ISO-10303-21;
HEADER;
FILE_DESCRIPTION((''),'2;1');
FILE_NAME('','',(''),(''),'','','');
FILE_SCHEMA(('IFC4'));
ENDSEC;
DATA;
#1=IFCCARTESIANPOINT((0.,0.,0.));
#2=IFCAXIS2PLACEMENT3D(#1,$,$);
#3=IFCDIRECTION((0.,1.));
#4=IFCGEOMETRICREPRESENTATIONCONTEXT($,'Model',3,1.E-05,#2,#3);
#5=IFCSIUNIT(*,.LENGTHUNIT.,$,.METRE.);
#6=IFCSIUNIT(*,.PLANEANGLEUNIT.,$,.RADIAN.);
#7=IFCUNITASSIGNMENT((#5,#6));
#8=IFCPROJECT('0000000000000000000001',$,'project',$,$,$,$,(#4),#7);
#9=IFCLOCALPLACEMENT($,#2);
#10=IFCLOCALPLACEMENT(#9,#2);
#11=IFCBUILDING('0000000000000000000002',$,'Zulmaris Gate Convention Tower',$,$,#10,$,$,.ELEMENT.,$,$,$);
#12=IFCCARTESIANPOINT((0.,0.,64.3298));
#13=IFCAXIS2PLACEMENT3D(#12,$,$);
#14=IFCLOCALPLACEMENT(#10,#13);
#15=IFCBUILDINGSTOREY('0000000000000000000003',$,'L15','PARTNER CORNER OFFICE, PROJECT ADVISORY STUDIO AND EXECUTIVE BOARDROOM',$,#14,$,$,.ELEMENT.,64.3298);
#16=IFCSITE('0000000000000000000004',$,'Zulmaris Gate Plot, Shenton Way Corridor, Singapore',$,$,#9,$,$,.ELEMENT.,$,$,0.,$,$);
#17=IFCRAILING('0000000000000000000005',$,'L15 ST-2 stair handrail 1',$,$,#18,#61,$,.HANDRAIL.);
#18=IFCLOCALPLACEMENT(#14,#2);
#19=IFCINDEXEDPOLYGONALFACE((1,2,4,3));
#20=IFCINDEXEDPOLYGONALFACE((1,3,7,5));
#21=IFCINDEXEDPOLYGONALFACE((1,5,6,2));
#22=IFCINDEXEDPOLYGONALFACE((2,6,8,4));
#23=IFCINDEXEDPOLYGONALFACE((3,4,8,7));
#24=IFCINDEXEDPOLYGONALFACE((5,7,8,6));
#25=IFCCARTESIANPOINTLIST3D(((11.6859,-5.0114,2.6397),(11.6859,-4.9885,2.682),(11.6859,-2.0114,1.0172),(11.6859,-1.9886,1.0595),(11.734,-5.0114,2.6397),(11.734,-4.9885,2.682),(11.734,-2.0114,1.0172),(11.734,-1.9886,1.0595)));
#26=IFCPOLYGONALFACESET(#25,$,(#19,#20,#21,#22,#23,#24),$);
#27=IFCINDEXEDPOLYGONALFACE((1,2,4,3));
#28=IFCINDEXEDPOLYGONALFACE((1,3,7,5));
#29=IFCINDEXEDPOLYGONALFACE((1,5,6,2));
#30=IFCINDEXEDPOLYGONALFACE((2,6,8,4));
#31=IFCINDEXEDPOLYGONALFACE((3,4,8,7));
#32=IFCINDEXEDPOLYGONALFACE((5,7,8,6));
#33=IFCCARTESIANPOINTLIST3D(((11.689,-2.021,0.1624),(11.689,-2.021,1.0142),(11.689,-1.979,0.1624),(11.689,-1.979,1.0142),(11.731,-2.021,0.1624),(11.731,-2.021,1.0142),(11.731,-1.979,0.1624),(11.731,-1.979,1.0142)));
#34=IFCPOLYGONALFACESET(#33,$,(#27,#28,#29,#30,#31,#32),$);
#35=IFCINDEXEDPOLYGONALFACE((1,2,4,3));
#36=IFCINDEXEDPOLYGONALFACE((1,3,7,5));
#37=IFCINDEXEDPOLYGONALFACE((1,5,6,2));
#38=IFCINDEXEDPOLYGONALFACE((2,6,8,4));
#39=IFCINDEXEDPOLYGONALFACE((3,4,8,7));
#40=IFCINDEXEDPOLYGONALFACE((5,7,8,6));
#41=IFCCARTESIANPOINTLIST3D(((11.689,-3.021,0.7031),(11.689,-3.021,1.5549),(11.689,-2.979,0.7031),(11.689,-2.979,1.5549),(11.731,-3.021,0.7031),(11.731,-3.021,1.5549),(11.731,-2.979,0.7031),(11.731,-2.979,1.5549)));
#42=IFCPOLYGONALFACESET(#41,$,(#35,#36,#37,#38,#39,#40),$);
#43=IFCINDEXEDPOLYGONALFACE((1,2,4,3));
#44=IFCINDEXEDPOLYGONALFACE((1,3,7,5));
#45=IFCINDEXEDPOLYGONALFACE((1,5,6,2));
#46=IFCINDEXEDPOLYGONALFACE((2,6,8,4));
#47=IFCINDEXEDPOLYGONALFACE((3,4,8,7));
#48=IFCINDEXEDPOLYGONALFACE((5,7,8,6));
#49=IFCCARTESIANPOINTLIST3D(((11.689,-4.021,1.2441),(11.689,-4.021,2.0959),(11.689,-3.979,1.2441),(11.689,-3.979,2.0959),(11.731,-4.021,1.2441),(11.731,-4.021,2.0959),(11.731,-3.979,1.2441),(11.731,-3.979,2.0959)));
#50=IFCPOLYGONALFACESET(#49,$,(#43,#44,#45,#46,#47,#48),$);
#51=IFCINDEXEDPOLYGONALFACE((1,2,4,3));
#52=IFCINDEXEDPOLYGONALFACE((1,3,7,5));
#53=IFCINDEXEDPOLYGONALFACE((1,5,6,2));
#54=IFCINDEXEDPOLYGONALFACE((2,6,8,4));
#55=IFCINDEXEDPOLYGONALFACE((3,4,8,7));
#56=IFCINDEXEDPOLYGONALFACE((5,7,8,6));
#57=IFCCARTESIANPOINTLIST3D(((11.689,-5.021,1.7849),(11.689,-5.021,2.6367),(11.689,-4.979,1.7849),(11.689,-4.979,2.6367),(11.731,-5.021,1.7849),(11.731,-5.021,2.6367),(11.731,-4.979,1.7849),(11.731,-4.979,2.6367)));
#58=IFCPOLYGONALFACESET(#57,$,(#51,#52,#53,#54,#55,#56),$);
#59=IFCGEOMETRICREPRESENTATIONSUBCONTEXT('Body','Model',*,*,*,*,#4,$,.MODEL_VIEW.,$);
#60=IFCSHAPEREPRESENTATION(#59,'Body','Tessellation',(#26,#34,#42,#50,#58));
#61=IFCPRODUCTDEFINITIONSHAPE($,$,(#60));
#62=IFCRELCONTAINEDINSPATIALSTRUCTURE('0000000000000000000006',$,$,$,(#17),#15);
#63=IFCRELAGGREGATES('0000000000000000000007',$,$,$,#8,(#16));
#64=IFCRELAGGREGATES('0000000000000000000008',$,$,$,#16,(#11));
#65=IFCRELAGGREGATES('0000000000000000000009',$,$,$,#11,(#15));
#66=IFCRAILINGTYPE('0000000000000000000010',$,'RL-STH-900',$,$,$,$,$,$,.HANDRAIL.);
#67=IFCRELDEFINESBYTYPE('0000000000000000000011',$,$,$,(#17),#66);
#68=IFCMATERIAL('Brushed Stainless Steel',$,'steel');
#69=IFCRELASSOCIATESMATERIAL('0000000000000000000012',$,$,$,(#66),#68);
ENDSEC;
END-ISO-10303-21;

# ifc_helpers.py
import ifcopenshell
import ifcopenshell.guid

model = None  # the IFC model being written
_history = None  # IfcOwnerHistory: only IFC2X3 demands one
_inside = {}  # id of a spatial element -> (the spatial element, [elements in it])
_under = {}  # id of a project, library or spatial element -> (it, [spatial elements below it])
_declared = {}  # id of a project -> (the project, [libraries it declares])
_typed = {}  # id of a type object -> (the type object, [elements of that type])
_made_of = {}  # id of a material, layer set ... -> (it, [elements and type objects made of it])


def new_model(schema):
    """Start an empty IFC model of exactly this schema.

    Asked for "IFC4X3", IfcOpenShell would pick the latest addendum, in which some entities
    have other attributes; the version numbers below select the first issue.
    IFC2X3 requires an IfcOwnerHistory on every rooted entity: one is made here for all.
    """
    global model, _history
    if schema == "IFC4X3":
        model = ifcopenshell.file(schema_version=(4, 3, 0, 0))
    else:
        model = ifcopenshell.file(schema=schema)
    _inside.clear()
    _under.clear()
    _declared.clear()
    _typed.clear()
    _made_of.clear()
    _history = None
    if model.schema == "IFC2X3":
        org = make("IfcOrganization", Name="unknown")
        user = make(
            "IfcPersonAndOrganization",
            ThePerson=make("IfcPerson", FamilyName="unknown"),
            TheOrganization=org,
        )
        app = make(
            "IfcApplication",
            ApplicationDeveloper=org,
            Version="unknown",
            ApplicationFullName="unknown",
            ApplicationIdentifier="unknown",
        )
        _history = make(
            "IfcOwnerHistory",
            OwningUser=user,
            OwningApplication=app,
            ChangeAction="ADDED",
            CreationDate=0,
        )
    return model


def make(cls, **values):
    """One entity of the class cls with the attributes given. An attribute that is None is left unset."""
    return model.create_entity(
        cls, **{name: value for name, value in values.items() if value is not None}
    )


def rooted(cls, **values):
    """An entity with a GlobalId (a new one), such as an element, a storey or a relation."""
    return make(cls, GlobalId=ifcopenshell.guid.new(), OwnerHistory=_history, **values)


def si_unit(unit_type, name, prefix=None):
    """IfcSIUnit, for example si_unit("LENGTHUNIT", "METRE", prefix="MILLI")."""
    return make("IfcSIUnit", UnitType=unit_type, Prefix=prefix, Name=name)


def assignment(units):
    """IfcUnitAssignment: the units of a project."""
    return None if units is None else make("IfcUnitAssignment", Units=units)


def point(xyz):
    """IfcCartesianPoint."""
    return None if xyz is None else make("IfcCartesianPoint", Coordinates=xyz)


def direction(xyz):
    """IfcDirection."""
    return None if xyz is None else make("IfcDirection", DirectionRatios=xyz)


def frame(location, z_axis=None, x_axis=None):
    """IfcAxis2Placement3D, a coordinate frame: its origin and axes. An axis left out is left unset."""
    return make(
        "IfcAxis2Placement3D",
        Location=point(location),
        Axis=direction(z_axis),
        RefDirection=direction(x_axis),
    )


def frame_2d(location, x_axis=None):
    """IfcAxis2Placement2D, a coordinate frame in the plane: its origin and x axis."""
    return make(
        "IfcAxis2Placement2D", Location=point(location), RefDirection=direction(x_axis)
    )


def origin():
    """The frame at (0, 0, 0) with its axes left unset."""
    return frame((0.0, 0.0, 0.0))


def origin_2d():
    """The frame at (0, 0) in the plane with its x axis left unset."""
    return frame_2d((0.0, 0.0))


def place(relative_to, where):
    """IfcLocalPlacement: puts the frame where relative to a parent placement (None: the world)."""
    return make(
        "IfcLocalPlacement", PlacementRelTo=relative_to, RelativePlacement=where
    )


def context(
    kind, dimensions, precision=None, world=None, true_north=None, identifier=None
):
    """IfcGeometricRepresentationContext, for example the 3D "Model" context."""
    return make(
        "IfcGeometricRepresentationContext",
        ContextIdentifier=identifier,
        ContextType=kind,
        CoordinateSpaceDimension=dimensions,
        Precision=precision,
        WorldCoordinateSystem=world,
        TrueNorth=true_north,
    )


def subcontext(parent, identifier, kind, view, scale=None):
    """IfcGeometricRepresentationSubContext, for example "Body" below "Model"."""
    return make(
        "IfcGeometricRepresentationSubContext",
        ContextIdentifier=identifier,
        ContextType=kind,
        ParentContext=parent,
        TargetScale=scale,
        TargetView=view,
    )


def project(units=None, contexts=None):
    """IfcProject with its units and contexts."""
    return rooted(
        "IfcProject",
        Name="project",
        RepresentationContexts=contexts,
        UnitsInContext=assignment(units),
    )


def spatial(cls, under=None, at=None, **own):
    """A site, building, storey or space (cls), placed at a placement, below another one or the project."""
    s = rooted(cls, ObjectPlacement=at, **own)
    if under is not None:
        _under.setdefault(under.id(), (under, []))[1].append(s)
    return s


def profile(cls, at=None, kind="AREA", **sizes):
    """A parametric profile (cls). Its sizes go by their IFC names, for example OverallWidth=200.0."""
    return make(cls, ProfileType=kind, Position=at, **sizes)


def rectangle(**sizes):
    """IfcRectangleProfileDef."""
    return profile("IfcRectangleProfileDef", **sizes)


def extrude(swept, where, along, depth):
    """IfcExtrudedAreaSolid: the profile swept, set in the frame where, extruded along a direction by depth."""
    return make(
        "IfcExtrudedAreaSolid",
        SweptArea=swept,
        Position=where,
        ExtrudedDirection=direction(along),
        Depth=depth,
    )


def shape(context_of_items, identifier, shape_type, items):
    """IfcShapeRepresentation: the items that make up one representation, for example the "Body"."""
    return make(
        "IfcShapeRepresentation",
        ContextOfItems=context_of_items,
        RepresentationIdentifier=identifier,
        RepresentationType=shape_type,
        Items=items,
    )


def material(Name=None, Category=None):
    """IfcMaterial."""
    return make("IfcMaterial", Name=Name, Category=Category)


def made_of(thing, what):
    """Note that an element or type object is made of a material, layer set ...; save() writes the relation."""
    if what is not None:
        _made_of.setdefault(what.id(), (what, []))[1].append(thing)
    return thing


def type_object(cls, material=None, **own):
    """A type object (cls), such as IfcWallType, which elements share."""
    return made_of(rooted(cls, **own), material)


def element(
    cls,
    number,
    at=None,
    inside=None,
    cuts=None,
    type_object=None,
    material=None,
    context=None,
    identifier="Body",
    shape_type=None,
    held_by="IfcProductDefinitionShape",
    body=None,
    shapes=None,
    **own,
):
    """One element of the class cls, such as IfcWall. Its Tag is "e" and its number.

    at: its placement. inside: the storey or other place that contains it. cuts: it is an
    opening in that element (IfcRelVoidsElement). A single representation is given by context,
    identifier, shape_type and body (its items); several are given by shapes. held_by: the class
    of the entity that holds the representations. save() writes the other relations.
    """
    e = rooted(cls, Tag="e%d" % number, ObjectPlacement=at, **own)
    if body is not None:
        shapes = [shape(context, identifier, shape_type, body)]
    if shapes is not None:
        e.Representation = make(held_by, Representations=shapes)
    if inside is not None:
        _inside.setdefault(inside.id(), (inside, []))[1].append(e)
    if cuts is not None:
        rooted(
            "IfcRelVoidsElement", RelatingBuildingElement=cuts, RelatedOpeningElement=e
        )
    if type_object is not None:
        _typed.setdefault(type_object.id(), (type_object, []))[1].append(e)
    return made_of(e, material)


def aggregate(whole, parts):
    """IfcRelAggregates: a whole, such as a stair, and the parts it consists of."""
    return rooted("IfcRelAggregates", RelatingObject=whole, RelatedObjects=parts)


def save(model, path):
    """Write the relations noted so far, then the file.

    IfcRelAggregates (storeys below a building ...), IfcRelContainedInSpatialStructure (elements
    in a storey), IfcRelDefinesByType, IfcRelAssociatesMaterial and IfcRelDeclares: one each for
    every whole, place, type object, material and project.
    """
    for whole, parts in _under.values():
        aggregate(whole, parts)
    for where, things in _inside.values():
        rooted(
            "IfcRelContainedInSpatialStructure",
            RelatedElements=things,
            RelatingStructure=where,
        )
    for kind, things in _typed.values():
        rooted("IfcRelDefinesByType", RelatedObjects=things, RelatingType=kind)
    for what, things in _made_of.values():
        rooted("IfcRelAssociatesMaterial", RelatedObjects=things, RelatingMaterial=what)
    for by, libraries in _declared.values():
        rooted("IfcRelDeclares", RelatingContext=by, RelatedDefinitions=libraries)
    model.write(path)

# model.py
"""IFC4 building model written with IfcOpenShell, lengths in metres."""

from ifc_helpers import new_model, si_unit, direction, frame, origin, origin_2d, place, context, subcontext, project, spatial, rectangle, extrude, material, type_object, element, save


model = new_model("IFC4")

# Units and contexts
model_context = context("Model", 3, precision=1e-05, world=origin(), true_north=direction((0.0, 1.0)))
body_context = subcontext(model_context, "Body", "Model", "MODEL_VIEW")
ifc_project = project(units=[si_unit("LENGTHUNIT", "METRE"), si_unit("PLANEANGLEUNIT", "RADIAN")], contexts=[model_context])

# Site, building, storey
site_placement = place(None, origin())
site = spatial("IfcSite", under=ifc_project, at=site_placement, Name="Zulmaris Gate Plot, Shenton Way Corridor, Singapore", CompositionType="ELEMENT", RefElevation=0.0)
building_placement = place(site_placement, origin())
building = spatial("IfcBuilding", under=site, at=building_placement, Name="Zulmaris Gate Convention Tower", CompositionType="ELEMENT")
storey_placement = place(building_placement, frame((0.0, 0.0, 64.3298)))
storey = spatial("IfcBuildingStorey", under=building, at=storey_placement, Name="L15", Description="PARTNER CORNER OFFICE, PROJECT ADVISORY STUDIO AND EXECUTIVE BOARDROOM", CompositionType="ELEMENT", Elevation=64.3298)

# Railing
ifc_material_1 = material(Name="Brushed Stainless Steel", Category="steel")
railing_type_1 = type_object("IfcRailingType", Name="RL-STH-900", PredefinedType="HANDRAIL", material=ifc_material_1)
railing_1_placement = place(storey_placement, frame((11.71, -2.0, 0.1624)))
element("IfcRailing", 1, at=railing_1_placement, inside=storey, type_object=railing_type_1, Name="L15 ST-2 stair handrail 1", PredefinedType="HANDRAIL", context=body_context, shape_type="SweptSolid", body=[
    extrude(rectangle(XDim=0.0481, YDim=0.0481, at=origin_2d()), frame((0.0, 0.0, 0.876), z_axis=(0.0, -0.879592, 0.47573), x_axis=(1.0, 0.0, 0.0)), (0.0, 0.0, 1.0), 3.4106),
    extrude(rectangle(XDim=0.042, YDim=0.042, at=origin_2d()), origin(), (0.0, 0.0, 1.0), 0.8518),
    extrude(rectangle(XDim=0.042, YDim=0.042, at=origin_2d()), frame((0.0, -1.0, 0.5408)), (0.0, 0.0, 1.0), 0.8518),
    extrude(rectangle(XDim=0.042, YDim=0.042, at=origin_2d()), frame((0.0, -2.0, 1.0818)), (0.0, 0.0, 1.0), 0.8518),
    extrude(rectangle(XDim=0.042, YDim=0.042, at=origin_2d()), frame((0.0, -3.0, 1.6226)), (0.0, 0.0, 1.0), 0.8518),
])

save(model, "model.ifc")
